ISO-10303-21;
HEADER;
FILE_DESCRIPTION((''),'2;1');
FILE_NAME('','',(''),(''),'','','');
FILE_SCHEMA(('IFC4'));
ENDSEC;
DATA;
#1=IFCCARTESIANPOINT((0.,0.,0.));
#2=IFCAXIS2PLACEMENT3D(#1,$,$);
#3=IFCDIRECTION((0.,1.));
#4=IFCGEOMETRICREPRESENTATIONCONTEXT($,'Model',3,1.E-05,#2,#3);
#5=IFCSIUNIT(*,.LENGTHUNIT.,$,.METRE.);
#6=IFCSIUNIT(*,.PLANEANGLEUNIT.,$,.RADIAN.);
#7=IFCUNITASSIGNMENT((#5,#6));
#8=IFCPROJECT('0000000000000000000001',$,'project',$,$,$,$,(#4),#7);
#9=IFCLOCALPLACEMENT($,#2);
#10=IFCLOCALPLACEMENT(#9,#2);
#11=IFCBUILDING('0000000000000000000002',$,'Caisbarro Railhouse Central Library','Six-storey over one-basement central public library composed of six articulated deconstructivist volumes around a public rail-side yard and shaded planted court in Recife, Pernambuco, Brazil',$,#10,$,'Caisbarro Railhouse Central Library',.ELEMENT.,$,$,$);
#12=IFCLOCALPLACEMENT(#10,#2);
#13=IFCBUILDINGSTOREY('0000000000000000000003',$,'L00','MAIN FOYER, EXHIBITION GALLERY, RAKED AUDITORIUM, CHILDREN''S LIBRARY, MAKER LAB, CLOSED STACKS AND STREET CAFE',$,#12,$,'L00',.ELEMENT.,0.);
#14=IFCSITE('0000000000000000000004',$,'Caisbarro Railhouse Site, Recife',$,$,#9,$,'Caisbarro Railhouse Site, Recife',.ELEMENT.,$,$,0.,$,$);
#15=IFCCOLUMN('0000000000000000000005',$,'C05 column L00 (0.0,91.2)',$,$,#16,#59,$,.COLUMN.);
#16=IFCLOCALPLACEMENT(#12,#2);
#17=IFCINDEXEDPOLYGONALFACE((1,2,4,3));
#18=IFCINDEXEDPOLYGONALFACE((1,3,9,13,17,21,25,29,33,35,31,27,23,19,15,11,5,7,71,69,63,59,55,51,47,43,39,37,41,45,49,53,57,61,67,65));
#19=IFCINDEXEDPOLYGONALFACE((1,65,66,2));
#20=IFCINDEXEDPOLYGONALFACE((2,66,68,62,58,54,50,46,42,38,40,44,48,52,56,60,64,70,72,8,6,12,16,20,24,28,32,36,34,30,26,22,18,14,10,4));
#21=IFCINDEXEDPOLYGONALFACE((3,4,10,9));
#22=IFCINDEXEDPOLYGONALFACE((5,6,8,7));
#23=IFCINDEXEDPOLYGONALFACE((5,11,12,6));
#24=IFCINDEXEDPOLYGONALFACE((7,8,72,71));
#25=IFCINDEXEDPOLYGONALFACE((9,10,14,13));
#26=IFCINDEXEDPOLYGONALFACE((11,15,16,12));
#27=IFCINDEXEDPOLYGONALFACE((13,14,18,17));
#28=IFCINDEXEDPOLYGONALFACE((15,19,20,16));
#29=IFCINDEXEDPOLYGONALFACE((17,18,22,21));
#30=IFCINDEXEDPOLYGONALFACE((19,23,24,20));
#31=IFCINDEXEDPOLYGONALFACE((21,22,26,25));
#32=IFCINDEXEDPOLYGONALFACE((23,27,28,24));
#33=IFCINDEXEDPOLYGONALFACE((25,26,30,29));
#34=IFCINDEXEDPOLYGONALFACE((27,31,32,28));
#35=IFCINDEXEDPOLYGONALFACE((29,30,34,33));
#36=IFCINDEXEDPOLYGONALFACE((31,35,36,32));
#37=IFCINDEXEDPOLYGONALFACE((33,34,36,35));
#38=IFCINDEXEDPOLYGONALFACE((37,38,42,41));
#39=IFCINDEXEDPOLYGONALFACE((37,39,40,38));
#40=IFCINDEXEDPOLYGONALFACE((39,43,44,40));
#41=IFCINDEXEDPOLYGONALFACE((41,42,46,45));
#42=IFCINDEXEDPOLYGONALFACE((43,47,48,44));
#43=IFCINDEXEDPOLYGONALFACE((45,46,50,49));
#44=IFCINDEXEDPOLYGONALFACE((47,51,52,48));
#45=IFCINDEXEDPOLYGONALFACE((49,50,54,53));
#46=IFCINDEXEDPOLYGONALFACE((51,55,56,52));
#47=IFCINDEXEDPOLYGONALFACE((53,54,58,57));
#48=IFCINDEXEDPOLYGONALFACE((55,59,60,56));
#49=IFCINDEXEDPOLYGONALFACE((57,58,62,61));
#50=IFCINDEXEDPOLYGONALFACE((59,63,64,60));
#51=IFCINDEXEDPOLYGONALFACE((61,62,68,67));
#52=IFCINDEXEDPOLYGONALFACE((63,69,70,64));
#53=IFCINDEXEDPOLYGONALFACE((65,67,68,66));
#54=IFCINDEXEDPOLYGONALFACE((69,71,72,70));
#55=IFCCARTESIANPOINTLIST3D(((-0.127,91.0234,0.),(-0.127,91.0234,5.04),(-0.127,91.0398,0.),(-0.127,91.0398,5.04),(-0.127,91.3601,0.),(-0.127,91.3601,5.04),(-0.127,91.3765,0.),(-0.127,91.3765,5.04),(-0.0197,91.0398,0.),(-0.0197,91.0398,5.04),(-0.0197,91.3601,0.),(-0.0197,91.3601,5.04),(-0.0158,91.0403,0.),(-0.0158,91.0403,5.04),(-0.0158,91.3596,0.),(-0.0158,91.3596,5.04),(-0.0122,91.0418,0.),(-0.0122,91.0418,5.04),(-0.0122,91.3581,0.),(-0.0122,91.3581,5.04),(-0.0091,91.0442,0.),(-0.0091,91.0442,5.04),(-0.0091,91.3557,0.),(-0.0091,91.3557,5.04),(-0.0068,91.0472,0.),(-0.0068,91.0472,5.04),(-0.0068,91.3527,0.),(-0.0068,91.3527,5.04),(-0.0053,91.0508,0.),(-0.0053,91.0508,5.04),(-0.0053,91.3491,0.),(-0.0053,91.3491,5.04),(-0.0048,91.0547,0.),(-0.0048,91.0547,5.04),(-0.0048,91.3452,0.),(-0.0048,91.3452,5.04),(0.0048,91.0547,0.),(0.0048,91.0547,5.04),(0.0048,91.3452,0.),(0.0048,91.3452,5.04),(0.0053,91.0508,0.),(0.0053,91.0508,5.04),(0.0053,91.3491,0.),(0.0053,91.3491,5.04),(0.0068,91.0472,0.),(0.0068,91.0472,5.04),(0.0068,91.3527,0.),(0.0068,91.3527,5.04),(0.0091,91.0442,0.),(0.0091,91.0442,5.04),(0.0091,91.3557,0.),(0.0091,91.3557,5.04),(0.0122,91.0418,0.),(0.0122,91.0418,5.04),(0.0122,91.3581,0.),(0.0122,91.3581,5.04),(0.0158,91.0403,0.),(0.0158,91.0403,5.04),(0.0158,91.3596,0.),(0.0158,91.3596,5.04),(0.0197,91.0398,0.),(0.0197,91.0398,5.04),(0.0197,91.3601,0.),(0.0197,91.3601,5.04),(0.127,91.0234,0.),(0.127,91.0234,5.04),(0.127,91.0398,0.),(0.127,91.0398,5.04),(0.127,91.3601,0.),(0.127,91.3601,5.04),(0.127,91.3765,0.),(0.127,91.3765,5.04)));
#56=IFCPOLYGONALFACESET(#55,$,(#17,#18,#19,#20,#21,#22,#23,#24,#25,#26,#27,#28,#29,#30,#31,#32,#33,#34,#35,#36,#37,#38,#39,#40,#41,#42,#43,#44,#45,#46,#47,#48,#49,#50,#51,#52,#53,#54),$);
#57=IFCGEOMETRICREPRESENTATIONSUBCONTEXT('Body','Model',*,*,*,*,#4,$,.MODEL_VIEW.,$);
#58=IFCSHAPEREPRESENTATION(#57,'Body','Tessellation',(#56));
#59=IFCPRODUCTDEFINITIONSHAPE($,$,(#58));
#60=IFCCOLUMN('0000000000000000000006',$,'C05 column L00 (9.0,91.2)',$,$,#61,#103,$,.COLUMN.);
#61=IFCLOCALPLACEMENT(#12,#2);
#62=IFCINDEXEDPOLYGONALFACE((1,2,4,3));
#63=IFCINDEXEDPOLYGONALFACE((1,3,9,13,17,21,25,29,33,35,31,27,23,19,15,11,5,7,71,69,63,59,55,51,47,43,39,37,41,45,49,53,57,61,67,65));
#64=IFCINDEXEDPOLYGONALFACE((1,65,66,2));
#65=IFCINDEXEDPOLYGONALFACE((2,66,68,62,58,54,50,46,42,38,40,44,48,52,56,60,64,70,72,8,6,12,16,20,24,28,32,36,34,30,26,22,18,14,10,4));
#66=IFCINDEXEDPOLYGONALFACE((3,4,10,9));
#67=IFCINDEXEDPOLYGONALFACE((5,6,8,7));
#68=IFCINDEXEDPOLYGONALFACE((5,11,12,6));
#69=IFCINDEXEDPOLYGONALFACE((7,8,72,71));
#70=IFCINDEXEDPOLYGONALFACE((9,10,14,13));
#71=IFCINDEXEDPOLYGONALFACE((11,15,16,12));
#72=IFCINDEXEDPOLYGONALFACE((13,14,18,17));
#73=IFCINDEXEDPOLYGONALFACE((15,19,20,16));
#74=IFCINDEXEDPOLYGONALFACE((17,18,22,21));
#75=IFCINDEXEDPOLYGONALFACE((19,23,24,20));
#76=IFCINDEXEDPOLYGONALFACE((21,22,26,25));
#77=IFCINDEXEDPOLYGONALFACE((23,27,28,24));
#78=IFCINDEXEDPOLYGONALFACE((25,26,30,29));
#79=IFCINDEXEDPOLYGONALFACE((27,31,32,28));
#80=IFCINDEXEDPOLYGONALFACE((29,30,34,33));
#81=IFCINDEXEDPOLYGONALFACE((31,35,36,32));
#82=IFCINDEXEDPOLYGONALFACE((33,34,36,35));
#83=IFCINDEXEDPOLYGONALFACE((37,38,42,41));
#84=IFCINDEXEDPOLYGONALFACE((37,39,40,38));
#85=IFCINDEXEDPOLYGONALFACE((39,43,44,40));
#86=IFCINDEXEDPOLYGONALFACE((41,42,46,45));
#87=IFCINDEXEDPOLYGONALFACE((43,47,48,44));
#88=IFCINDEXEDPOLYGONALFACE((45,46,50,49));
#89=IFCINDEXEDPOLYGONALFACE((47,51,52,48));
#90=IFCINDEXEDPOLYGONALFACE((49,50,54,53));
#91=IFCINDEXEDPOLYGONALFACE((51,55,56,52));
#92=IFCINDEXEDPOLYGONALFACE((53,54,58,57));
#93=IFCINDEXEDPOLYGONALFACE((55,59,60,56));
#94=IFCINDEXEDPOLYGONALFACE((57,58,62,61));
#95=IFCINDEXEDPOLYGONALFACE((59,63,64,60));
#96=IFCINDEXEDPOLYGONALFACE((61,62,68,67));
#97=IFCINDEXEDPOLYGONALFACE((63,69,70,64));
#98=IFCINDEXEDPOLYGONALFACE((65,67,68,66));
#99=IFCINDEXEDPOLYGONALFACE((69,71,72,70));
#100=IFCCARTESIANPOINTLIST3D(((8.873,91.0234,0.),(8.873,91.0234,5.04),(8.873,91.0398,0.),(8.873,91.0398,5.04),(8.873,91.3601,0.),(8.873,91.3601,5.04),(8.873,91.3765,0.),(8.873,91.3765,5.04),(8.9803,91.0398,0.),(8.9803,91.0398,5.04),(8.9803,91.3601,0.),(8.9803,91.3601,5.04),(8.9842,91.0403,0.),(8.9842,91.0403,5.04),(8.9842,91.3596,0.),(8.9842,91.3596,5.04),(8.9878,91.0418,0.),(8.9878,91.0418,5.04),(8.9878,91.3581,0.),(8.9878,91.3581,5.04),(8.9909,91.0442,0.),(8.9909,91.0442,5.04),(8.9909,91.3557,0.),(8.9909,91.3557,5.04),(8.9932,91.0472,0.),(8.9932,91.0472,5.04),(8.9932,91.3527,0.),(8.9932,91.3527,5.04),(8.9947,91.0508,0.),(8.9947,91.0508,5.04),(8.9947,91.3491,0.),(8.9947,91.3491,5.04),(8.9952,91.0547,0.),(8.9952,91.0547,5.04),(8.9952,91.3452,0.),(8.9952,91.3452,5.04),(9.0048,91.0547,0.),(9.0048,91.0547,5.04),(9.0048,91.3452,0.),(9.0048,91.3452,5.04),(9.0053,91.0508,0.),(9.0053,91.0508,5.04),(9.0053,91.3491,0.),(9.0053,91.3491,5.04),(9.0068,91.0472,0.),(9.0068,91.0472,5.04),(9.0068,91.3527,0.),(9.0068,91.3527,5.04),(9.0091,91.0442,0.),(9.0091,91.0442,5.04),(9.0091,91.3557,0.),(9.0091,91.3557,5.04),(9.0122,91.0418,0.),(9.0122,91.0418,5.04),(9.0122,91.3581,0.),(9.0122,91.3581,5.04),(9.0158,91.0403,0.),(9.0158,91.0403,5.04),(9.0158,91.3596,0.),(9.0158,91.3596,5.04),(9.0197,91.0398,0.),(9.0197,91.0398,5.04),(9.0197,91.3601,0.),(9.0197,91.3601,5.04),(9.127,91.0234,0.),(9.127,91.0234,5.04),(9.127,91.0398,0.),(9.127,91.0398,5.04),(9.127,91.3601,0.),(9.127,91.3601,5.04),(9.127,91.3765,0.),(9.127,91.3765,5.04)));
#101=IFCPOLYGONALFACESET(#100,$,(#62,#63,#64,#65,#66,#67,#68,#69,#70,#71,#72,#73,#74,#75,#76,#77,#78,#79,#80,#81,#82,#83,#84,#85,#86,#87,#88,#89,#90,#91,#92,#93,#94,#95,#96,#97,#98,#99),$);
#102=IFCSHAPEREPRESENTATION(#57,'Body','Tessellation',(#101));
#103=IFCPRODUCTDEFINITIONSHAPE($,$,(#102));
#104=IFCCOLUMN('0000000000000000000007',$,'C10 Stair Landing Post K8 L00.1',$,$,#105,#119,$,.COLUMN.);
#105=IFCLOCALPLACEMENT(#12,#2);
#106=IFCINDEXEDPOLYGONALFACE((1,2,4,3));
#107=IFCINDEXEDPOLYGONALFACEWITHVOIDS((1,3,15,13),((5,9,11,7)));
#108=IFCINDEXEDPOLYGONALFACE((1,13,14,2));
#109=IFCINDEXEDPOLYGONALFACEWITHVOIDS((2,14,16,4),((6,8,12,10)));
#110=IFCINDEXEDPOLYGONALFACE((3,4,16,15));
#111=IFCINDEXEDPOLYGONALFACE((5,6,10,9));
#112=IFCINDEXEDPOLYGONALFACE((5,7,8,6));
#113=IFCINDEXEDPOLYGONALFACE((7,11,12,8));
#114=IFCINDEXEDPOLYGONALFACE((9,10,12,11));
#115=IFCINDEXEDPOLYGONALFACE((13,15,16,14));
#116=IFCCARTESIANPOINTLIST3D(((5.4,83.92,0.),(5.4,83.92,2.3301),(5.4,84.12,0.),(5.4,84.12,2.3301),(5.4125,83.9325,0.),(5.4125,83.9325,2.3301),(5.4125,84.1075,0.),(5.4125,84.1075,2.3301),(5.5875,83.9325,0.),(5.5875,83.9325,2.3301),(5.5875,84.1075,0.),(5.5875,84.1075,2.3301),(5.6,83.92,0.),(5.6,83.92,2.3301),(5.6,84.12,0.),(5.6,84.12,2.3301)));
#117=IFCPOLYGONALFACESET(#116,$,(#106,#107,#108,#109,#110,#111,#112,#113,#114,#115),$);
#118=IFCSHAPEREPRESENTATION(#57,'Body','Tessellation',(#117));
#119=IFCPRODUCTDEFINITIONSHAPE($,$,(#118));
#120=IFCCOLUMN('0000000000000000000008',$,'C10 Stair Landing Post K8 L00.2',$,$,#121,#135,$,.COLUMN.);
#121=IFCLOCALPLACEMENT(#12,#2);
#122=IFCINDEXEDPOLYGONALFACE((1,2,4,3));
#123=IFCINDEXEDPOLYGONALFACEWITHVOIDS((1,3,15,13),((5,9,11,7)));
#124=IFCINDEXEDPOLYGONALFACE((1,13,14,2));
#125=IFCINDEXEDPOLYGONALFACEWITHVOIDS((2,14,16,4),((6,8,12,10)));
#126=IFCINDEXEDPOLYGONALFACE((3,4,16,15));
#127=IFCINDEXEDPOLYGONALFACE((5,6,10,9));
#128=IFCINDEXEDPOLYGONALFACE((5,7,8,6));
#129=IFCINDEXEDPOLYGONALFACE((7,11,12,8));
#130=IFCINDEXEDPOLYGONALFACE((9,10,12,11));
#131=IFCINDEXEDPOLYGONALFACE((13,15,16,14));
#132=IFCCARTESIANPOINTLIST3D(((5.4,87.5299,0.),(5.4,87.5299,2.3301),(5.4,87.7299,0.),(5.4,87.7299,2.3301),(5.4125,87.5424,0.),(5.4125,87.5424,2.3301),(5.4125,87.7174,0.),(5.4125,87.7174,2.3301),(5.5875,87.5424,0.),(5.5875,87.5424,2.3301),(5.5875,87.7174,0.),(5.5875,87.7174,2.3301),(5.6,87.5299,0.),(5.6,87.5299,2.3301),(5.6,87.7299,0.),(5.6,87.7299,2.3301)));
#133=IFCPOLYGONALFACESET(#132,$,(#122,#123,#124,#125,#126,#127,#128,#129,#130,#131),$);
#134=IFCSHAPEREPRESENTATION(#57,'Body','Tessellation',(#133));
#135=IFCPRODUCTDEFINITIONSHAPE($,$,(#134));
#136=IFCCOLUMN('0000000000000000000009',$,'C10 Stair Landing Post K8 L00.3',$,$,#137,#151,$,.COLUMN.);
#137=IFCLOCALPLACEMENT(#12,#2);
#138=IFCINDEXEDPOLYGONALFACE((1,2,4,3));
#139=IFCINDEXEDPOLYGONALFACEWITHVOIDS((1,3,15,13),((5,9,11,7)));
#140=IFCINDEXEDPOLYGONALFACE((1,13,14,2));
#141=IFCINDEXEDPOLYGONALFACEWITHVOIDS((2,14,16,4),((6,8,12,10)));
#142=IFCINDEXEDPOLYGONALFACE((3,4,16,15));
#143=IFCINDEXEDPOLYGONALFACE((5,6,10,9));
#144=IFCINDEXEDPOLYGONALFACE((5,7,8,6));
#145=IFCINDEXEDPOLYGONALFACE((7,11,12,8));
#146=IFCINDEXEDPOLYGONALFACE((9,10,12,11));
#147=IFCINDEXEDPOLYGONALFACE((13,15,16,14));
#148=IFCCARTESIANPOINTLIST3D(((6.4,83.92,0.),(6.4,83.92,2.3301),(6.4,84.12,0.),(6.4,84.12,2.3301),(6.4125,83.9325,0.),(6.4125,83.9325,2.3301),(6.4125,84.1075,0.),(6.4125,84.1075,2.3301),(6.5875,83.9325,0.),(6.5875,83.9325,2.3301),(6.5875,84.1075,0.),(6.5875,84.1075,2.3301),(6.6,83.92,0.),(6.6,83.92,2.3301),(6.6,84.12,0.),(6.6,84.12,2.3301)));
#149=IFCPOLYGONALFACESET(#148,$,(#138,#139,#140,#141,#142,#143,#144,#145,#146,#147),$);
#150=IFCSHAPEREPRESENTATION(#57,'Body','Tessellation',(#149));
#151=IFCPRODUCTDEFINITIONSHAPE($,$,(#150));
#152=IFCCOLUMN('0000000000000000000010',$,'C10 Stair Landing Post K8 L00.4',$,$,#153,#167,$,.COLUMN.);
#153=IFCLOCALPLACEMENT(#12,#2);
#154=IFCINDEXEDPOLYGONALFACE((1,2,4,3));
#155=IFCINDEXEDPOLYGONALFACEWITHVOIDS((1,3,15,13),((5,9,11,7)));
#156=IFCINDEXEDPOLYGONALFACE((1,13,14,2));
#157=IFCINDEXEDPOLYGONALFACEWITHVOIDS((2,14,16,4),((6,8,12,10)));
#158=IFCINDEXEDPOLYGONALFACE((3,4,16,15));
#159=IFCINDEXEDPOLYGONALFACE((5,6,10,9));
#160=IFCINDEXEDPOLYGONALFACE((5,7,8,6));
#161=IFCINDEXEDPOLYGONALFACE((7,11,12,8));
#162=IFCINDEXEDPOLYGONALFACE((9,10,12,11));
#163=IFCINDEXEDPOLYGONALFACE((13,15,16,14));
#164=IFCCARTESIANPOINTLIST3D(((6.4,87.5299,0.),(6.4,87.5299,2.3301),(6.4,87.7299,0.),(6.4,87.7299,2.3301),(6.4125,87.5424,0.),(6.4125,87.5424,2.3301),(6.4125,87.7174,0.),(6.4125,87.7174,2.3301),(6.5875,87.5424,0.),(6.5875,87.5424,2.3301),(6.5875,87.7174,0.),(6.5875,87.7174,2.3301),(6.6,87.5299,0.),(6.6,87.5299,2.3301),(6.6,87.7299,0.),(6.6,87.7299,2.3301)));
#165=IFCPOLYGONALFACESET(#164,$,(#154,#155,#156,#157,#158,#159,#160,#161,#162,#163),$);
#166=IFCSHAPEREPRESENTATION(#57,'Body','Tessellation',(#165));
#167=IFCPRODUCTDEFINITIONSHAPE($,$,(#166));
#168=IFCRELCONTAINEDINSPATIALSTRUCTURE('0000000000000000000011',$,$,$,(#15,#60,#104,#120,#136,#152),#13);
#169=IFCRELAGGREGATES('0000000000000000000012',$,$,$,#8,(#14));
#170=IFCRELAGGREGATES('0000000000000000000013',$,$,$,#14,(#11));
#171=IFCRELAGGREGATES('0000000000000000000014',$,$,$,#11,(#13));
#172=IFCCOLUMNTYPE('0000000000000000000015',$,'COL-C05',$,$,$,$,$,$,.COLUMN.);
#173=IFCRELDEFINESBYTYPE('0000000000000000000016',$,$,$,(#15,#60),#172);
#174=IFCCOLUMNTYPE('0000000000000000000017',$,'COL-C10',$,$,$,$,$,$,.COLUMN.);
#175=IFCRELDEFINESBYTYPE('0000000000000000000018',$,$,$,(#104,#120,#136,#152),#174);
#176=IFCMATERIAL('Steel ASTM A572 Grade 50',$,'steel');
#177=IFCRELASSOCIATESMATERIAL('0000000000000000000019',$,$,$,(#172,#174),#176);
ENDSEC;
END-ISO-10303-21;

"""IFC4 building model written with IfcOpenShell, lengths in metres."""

from ifc_helpers import new_model, si_unit, direction, frame, origin, origin_2d, place, context, subcontext, project, spatial, hollow_rectangle, i_section, extrude, material, material_profile, profile_set, type_object, element, save


model = new_model("IFC4")

# Units and contexts
model_context = context("Model", 3, precision=1e-05, world=origin(), true_north=direction((0.0, 1.0)))
body_context = subcontext(model_context, "Body", "Model", "MODEL_VIEW")
ifc_project = project(units=[si_unit("LENGTHUNIT", "METRE"), si_unit("PLANEANGLEUNIT", "RADIAN")], contexts=[model_context])

# Site, building, storey
site_placement = place(None, origin())
site = spatial("IfcSite", under=ifc_project, at=site_placement, Name="Caisbarro Railhouse Site, Recife", LongName="Caisbarro Railhouse Site, Recife", CompositionType="ELEMENT", RefElevation=0.0)
building_placement = place(site_placement, origin())
building = spatial("IfcBuilding", under=site, at=building_placement, Name="Caisbarro Railhouse Central Library", Description="Six-storey over one-basement central public library composed of six articulated deconstructivist volumes around a public rail-side yard and shaded planted court in Recife, Pernambuco, Brazil", LongName="Caisbarro Railhouse Central Library", CompositionType="ELEMENT")
storey_placement = place(building_placement, origin())
storey = spatial("IfcBuildingStorey", under=building, at=storey_placement, Name="L00", Description="MAIN FOYER, EXHIBITION GALLERY, RAKED AUDITORIUM, CHILDREN'S LIBRARY, MAKER LAB, CLOSED STACKS AND STREET CAFE", LongName="L00", CompositionType="ELEMENT", Elevation=0.0)

# Columns
ifc_material_1 = material(Name="Steel ASTM A572 Grade 50", Category="steel")
ifc_material_profile_1 = material_profile(ifc_material_1, i_section(OverallWidth=0.2539, OverallDepth=0.353, WebThickness=0.0095, FlangeThickness=0.0164, FilletRadius=0.0149, at=origin_2d()), Name="W360X91.0")
ifc_profile_set_1 = profile_set([ifc_material_profile_1], Name="Steel ASTM A572 Grade 50")
column_type_1 = type_object("IfcColumnType", Name="COL-C05", PredefinedType="COLUMN", material=ifc_profile_set_1)
for number, where, z_axis, x_axis, name in (
    (1, (0.0, 91.2, 0.0), (0.0, 0.0, 1.0), (1.0, 0.0, 0.0), "C05 column L00 (0.0,91.2)"),
    (2, (9.0, 91.2, 0.0), (0.0, 0.0, 1.0), (1.0, 0.0, 0.0), "C05 column L00 (9.0,91.2)"),
):
    element("IfcColumn", number, at=place(storey_placement, frame(where, z_axis=z_axis, x_axis=x_axis)), inside=storey, type_object=column_type_1, Name=name, PredefinedType="COLUMN", context=body_context, shape_type="SweptSolid", body=[
        extrude(i_section(OverallWidth=0.2539, OverallDepth=0.353, WebThickness=0.0095, FlangeThickness=0.0164, FilletRadius=0.0149, at=origin_2d()), origin(), (0.0, 0.0, 1.0), 5.04),
    ])
ifc_material_profile_2 = material_profile(ifc_material_1, hollow_rectangle(XDim=0.2, YDim=0.2, WallThickness=0.0125, at=origin_2d()), Name="HSS200X200X12.5")
ifc_profile_set_2 = profile_set([ifc_material_profile_2], Name="Steel ASTM A572 Grade 50")
column_type_2 = type_object("IfcColumnType", Name="COL-C10", PredefinedType="COLUMN", material=ifc_profile_set_2)
for number, where, z_axis, x_axis, name in (
    (3, (5.5, 84.02, 0.0), (0.0, 0.0, 1.0), (1.0, 0.0, 0.0), "C10 Stair Landing Post K8 L00.1"),
    (4, (5.5, 87.6299, 0.0), (0.0, 0.0, 1.0), (1.0, 0.0, 0.0), "C10 Stair Landing Post K8 L00.2"),
    (5, (6.5, 84.02, 0.0), (0.0, 0.0, 1.0), (1.0, 0.0, 0.0), "C10 Stair Landing Post K8 L00.3"),
    (6, (6.5, 87.6299, 0.0), (0.0, 0.0, 1.0), (1.0, 0.0, 0.0), "C10 Stair Landing Post K8 L00.4"),
):
    element("IfcColumn", number, at=place(storey_placement, frame(where, z_axis=z_axis, x_axis=x_axis)), inside=storey, type_object=column_type_2, Name=name, PredefinedType="COLUMN", context=body_context, shape_type="SweptSolid", body=[
        extrude(hollow_rectangle(XDim=0.2, YDim=0.2, WallThickness=0.0125, at=origin_2d()), origin(), (0.0, 0.0, 1.0), 2.3301),
    ])

save(model, "model.ifc")
